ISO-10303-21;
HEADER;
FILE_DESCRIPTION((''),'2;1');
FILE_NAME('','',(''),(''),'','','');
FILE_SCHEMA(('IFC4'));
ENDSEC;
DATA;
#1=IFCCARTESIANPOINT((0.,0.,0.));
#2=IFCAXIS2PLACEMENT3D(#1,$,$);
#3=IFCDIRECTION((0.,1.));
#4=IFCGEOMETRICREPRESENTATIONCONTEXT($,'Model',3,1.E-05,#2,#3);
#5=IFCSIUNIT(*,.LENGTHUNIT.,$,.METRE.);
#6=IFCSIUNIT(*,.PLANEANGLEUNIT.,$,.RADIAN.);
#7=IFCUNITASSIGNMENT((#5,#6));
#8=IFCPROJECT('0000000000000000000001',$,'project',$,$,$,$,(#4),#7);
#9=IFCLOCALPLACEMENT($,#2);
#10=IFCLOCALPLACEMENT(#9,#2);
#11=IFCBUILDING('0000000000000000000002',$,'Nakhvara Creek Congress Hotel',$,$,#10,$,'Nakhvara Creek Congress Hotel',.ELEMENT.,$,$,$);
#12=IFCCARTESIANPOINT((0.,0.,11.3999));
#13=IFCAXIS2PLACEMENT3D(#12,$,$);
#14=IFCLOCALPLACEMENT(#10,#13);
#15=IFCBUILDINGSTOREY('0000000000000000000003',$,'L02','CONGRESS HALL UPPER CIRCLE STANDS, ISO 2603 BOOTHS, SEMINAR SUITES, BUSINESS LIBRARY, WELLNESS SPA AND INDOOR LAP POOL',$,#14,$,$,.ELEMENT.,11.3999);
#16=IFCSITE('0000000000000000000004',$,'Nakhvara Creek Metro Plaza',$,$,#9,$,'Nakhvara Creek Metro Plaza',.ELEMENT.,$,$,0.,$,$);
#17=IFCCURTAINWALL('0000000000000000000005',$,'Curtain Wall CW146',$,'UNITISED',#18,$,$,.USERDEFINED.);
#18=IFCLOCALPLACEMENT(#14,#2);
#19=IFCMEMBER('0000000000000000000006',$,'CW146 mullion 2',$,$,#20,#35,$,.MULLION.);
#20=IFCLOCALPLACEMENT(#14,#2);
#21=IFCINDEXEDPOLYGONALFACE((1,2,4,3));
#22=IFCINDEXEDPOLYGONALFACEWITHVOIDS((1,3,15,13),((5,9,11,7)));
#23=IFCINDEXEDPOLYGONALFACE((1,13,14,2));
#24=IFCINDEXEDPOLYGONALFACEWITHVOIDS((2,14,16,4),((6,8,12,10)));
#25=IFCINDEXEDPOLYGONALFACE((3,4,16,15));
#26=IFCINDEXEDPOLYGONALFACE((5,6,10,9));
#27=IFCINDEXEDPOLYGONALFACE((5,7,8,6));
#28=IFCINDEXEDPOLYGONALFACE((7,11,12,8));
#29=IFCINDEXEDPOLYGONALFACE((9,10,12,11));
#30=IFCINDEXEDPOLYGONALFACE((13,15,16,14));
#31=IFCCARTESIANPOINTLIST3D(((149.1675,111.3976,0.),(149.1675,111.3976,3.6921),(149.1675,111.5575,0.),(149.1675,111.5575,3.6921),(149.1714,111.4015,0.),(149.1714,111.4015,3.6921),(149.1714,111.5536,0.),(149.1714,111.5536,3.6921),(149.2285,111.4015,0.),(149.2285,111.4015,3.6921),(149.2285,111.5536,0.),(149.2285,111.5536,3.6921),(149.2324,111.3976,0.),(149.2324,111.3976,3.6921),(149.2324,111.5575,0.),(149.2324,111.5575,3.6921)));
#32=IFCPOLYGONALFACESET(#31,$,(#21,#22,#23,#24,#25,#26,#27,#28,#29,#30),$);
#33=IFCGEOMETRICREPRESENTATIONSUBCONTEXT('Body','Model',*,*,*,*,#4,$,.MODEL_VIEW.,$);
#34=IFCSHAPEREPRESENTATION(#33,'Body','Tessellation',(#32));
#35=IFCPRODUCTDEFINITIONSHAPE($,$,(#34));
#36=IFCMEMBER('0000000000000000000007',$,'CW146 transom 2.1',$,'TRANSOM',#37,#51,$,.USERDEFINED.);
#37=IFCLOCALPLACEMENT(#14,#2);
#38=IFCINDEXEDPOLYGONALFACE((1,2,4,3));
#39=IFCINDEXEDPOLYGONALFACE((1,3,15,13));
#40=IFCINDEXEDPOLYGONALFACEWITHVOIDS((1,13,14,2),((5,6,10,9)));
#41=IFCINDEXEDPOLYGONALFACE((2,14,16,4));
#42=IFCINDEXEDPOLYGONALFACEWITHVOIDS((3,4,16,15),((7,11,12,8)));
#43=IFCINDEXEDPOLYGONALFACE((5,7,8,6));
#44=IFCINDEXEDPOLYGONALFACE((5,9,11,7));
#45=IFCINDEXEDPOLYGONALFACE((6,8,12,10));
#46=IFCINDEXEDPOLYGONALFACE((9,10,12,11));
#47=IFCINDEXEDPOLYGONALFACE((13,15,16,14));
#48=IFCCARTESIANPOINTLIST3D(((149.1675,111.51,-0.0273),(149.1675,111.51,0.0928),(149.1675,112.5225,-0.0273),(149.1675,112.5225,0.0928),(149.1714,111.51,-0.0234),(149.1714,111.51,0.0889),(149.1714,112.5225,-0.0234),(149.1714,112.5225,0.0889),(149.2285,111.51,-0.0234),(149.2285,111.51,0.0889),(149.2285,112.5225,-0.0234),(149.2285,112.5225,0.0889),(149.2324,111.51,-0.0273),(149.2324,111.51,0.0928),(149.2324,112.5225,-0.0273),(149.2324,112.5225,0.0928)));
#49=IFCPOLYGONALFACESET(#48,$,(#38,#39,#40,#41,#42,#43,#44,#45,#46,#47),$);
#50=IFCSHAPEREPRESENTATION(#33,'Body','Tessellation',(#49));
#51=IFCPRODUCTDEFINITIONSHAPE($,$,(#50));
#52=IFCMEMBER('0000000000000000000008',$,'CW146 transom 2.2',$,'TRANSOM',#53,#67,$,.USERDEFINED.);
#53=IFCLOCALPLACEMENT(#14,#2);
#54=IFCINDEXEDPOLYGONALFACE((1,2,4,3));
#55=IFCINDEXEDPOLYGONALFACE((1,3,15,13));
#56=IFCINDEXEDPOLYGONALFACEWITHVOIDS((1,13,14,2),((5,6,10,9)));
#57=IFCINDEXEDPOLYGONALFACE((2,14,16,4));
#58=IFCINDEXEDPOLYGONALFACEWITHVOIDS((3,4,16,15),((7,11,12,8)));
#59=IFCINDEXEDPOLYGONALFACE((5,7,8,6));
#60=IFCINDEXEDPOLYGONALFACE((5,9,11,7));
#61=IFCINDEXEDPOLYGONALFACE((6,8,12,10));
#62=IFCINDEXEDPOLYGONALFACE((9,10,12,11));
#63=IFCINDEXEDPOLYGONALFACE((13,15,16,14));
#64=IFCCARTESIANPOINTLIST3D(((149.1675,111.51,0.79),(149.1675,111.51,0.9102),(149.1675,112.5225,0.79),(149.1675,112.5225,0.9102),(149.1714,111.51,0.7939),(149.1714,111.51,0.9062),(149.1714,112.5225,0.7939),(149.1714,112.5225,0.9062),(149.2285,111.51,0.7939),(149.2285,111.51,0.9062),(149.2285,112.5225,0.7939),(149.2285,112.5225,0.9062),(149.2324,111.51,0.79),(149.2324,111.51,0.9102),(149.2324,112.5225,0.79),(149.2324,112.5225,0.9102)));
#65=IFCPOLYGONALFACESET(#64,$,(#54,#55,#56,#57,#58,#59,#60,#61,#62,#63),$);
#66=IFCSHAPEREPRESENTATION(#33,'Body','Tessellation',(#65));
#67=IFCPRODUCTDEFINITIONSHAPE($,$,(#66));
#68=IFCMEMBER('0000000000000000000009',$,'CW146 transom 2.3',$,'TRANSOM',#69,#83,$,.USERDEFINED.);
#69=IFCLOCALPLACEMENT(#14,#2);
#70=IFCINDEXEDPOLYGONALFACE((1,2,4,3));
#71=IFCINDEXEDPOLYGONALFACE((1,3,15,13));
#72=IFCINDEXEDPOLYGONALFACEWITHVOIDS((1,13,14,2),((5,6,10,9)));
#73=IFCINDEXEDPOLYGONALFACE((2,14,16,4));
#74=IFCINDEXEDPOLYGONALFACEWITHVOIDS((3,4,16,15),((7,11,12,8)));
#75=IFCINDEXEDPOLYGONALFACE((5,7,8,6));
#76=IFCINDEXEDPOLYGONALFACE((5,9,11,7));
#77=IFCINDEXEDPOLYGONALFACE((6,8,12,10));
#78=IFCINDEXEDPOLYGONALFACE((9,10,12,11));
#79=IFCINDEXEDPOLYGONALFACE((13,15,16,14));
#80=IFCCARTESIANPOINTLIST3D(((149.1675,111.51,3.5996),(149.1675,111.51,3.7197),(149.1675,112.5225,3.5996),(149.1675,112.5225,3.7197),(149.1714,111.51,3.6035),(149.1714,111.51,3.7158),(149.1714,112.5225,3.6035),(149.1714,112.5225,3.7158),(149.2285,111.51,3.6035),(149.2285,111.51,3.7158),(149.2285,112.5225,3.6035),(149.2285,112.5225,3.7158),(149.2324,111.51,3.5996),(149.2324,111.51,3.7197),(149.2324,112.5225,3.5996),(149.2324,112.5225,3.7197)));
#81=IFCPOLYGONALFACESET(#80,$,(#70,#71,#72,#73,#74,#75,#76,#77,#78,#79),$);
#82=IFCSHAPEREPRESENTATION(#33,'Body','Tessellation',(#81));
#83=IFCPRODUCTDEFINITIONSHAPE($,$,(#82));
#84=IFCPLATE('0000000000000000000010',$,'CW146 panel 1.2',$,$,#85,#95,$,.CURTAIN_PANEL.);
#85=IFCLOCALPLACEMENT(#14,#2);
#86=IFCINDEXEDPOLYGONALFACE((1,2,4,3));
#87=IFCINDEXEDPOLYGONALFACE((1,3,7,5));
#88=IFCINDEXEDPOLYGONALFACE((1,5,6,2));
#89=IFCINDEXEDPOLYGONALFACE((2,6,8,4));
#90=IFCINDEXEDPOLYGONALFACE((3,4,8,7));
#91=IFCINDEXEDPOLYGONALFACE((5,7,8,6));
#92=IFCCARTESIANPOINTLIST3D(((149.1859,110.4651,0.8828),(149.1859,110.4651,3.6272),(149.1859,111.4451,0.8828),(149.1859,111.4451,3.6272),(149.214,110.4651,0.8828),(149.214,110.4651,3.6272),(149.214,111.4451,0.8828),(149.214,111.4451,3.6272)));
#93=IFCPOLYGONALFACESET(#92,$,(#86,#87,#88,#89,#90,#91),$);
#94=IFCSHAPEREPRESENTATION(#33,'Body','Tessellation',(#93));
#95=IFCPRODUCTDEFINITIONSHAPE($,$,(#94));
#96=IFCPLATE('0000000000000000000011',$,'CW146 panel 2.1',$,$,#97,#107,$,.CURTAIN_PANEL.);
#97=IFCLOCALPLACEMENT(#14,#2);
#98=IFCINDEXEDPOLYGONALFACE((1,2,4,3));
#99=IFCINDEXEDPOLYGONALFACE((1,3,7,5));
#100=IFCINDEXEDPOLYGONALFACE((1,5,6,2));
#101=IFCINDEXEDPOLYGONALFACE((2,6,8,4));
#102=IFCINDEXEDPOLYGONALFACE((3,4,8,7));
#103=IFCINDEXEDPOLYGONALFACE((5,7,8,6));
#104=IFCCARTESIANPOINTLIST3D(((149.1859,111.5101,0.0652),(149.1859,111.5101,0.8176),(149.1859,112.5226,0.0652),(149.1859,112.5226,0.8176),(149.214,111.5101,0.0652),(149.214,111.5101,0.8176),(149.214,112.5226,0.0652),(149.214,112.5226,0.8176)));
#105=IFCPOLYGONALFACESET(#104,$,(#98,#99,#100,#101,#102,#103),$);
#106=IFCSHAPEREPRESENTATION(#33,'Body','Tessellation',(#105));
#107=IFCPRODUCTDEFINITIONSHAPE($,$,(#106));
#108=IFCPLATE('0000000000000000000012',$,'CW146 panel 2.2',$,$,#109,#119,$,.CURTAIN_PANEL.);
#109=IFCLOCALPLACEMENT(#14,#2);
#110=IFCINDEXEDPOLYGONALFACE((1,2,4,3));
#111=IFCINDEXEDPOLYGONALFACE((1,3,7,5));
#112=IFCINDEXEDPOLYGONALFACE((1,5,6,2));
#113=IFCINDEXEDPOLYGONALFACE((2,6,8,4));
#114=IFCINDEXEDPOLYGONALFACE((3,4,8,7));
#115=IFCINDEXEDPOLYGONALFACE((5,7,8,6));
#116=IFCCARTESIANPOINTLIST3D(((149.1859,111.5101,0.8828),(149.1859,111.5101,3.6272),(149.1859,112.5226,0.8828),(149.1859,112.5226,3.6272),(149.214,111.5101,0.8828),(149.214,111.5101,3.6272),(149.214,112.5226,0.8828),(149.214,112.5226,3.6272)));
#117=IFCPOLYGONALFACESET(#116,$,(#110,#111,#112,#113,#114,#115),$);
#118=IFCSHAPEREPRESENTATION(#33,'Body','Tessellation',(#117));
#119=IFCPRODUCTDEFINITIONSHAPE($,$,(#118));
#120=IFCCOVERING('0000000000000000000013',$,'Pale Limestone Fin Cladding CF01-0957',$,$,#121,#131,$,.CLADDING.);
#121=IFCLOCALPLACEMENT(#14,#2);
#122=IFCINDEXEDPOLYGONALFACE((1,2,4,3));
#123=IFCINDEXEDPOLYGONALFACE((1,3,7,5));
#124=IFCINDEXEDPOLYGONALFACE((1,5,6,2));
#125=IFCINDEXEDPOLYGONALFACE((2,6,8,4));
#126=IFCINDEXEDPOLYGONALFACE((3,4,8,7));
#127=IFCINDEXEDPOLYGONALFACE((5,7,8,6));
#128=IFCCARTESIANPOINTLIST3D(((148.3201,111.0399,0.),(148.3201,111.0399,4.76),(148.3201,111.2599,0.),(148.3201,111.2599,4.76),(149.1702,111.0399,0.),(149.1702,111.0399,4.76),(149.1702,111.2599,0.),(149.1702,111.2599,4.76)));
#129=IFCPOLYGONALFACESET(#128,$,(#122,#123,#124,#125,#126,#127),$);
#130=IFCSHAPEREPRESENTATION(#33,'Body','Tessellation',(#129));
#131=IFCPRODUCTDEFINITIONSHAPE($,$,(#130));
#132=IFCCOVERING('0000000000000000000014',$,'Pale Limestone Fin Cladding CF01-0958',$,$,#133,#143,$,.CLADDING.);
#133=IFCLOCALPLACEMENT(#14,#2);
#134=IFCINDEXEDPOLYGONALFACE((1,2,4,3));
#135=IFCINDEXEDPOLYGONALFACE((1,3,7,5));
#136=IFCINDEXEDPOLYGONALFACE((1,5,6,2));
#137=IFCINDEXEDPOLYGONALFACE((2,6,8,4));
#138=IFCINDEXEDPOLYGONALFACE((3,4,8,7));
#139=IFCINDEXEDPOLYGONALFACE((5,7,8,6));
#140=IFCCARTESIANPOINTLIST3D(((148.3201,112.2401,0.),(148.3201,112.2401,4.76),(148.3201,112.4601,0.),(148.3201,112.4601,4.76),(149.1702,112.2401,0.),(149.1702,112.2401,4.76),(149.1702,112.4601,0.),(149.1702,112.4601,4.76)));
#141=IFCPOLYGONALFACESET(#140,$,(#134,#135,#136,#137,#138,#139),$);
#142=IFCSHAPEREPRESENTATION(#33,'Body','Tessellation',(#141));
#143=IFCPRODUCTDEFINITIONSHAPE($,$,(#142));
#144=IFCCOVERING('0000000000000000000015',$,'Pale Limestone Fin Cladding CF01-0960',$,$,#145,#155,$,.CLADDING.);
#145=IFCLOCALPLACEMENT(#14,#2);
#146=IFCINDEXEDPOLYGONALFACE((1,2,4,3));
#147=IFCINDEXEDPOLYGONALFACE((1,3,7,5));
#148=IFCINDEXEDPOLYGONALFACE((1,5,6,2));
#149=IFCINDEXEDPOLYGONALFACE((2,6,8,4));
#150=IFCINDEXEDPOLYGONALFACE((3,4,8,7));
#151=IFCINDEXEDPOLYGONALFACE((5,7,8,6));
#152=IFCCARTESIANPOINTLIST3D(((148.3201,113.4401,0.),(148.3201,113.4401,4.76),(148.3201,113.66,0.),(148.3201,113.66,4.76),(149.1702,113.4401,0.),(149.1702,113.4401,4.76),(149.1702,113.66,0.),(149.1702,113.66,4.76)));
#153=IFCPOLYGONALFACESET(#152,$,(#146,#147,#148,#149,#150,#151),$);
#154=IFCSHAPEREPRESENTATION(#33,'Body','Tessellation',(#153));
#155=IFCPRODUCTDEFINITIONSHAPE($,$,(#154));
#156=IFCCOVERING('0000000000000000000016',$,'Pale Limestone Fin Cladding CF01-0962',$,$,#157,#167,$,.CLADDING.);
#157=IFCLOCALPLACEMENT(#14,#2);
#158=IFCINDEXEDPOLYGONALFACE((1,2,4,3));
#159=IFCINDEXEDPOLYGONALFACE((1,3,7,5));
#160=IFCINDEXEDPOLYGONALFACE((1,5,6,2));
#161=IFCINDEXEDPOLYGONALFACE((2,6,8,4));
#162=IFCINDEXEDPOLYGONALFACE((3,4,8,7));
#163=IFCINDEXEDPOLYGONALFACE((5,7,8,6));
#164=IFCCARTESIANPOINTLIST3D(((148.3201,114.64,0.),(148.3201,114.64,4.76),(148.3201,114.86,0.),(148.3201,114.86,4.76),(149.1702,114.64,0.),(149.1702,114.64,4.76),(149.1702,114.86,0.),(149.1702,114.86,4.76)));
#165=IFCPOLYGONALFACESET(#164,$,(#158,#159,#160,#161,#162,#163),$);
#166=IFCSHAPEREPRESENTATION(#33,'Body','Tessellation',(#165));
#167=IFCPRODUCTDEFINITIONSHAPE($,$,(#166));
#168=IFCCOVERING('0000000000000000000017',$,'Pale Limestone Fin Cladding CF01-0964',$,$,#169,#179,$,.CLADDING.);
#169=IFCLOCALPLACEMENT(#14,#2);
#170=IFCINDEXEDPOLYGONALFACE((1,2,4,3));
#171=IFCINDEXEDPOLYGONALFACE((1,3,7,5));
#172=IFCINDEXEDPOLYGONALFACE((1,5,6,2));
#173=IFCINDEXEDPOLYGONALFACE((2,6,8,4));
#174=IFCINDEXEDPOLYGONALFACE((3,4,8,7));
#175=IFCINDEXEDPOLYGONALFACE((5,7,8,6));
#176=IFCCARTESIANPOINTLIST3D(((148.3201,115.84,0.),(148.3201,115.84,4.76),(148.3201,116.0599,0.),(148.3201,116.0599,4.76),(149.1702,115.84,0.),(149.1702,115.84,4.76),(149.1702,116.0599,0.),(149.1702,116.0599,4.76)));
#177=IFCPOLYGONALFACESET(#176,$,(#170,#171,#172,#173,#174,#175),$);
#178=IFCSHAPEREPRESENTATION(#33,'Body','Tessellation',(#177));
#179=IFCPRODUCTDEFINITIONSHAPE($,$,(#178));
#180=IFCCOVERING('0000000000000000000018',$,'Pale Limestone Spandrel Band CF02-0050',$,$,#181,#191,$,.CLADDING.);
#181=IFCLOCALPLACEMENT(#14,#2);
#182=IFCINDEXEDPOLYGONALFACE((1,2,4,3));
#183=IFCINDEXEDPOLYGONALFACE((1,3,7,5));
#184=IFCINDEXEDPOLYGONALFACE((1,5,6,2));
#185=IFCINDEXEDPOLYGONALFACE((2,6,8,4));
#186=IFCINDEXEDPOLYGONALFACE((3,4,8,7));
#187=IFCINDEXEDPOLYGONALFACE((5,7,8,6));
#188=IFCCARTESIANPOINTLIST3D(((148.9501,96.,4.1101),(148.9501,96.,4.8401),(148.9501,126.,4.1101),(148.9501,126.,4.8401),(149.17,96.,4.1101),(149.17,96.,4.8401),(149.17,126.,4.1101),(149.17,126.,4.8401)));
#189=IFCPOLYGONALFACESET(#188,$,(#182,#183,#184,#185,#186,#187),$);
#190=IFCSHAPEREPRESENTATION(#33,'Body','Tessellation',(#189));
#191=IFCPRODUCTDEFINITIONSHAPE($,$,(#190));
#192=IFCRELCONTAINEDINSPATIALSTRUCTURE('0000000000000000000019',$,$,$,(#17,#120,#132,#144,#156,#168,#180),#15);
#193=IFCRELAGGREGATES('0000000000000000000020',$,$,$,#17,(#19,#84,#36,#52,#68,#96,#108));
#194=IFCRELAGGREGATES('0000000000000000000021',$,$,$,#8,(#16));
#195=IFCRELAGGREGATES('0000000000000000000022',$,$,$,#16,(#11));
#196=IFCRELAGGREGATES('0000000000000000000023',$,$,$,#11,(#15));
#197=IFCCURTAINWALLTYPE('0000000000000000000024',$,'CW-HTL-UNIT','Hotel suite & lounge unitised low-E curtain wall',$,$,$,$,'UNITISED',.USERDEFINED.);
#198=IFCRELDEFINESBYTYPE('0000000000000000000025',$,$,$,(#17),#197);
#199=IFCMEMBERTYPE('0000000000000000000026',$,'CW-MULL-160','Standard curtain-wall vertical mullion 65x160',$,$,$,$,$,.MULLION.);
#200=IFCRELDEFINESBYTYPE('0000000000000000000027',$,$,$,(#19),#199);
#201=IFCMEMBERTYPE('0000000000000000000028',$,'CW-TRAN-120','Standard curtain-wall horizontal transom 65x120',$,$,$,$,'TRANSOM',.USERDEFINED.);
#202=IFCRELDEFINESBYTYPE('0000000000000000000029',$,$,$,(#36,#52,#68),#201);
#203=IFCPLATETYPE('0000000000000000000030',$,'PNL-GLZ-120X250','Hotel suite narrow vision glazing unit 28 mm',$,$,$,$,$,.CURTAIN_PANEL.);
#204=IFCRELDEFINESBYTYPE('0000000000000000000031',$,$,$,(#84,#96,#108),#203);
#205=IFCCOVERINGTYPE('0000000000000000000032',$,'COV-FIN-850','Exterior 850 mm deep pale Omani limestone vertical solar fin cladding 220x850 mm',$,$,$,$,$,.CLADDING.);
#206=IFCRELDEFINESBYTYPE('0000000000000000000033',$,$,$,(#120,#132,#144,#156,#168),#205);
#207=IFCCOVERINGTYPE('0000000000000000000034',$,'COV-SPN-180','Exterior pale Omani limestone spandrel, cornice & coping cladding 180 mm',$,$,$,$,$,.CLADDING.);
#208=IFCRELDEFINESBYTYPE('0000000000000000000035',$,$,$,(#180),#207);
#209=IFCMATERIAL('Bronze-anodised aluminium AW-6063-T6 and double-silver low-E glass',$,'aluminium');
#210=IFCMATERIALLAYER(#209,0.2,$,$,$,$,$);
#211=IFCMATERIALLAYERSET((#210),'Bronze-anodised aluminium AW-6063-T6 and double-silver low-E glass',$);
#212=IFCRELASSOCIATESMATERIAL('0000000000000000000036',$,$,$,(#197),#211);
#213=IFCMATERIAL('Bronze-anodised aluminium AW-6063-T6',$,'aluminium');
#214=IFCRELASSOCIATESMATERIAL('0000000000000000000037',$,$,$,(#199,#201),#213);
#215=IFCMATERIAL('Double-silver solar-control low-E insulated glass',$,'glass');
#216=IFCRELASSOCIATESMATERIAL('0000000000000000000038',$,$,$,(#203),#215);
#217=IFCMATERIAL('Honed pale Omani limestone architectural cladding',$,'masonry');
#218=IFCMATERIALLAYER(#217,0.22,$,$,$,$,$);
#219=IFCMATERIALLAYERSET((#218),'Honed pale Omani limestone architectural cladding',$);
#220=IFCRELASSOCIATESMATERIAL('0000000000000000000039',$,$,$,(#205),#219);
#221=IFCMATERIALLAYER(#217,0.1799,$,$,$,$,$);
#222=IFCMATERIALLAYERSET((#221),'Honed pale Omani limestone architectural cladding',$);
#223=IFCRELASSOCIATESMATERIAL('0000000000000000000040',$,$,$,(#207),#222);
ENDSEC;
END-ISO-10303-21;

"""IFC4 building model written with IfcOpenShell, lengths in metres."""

from ifc_helpers import new_model, si_unit, direction, frame, origin, origin_2d, place, context, subcontext, project, spatial, rectangle, hollow_rectangle, extrude, material, layer, layer_set, material_profile, profile_set, type_object, element, aggregate, save


model = new_model("IFC4")

# Units and contexts
model_context = context("Model", 3, precision=1e-05, world=origin(), true_north=direction((0.0, 1.0)))
body_context = subcontext(model_context, "Body", "Model", "MODEL_VIEW")
ifc_project = project(units=[si_unit("LENGTHUNIT", "METRE"), si_unit("PLANEANGLEUNIT", "RADIAN")], contexts=[model_context])

# Site, building, storey
site_placement = place(None, origin())
site = spatial("IfcSite", under=ifc_project, at=site_placement, Name="Nakhvara Creek Metro Plaza", LongName="Nakhvara Creek Metro Plaza", CompositionType="ELEMENT", RefElevation=0.0)
building_placement = place(site_placement, origin())
building = spatial("IfcBuilding", under=site, at=building_placement, Name="Nakhvara Creek Congress Hotel", LongName="Nakhvara Creek Congress Hotel", CompositionType="ELEMENT")
storey_placement = place(building_placement, frame((0.0, 0.0, 11.3999)))
storey = spatial("IfcBuildingStorey", under=building, at=storey_placement, Name="L02", Description="CONGRESS HALL UPPER CIRCLE STANDS, ISO 2603 BOOTHS, SEMINAR SUITES, BUSINESS LIBRARY, WELLNESS SPA AND INDOOR LAP POOL", CompositionType="ELEMENT", Elevation=11.3999)

# Curtain wall, members, plates
ifc_material_1 = material(Name="Bronze-anodised aluminium AW-6063-T6 and double-silver low-E glass", Category="aluminium")
ifc_layer_1 = layer(ifc_material_1, 0.2)
ifc_layer_set_1 = layer_set([ifc_layer_1], Name="Bronze-anodised aluminium AW-6063-T6 and double-silver low-E glass")
curtain_wall_type = type_object("IfcCurtainWallType", Name="CW-HTL-UNIT", Description="Hotel suite & lounge unitised low-E curtain wall", ElementType="UNITISED", PredefinedType="USERDEFINED", material=ifc_layer_set_1)
curtain_wall_placement = place(storey_placement, origin())
curtain_wall = element("IfcCurtainWall", 1, at=curtain_wall_placement, inside=storey, type_object=curtain_wall_type, Name="Curtain Wall CW146", ObjectType="UNITISED", PredefinedType="USERDEFINED")
ifc_material_2 = material(Name="Bronze-anodised aluminium AW-6063-T6", Category="aluminium")
ifc_material_profile_1 = material_profile(ifc_material_2, hollow_rectangle(XDim=0.0649, YDim=0.1599, WallThickness=0.0039, at=origin_2d()), Name="ALU-MULL 65x160x4", Category="LoadBearing")
ifc_profile_set_1 = profile_set([ifc_material_profile_1], Name="Bronze-anodised aluminium AW-6063-T6")
member_type_1 = type_object("IfcMemberType", Name="CW-MULL-160", Description="Standard curtain-wall vertical mullion 65x160", PredefinedType="MULLION", material=ifc_profile_set_1)
member_1_placement = place(storey_placement, frame((149.2, 111.4775, 0.0), z_axis=(0.0, 0.0, 1.0), x_axis=(-1.0, 0.0, 0.0)))
member_1 = element("IfcMember", 2, at=member_1_placement, type_object=member_type_1, Name="CW146 mullion 2", PredefinedType="MULLION", context=body_context, shape_type="SweptSolid", body=[
    extrude(hollow_rectangle(XDim=0.0649, YDim=0.1599, WallThickness=0.0039, at=origin_2d()), origin(), (0.0, 0.0, 1.0), 3.6921),
])
ifc_material_profile_2 = material_profile(ifc_material_2, hollow_rectangle(XDim=0.0649, YDim=0.1201, WallThickness=0.0039, at=origin_2d()), Name="ALU-TRAN 65x120x4", Category="LoadBearing")
ifc_profile_set_2 = profile_set([ifc_material_profile_2], Name="Bronze-anodised aluminium AW-6063-T6")
member_type_2 = type_object("IfcMemberType", Name="CW-TRAN-120", Description="Standard curtain-wall horizontal transom 65x120", ElementType="TRANSOM", PredefinedType="USERDEFINED", material=ifc_profile_set_2)
member_2_placement = place(storey_placement, frame((149.2, 111.51, 0.0327), z_axis=(0.0, 1.0, 0.0), x_axis=(-1.0, 0.0, 0.0)))
member_2 = element("IfcMember", 3, at=member_2_placement, type_object=member_type_2, Name="CW146 transom 2.1", ObjectType="TRANSOM", PredefinedType="USERDEFINED", context=body_context, shape_type="SweptSolid", body=[
    extrude(hollow_rectangle(XDim=0.0649, YDim=0.1201, WallThickness=0.0039, at=origin_2d()), origin(), (0.0, 0.0, 1.0), 1.0125),
])
member_3_placement = place(storey_placement, frame((149.2, 111.51, 0.8501), z_axis=(0.0, 1.0, 0.0), x_axis=(-1.0, 0.0, 0.0)))
member_3 = element("IfcMember", 4, at=member_3_placement, type_object=member_type_2, Name="CW146 transom 2.2", ObjectType="TRANSOM", PredefinedType="USERDEFINED", context=body_context, shape_type="SweptSolid", body=[
    extrude(hollow_rectangle(XDim=0.0649, YDim=0.1201, WallThickness=0.0039, at=origin_2d()), origin(), (0.0, 0.0, 1.0), 1.0125),
])
member_4_placement = place(storey_placement, frame((149.2, 111.51, 3.6597), z_axis=(0.0, 1.0, 0.0), x_axis=(-1.0, 0.0, 0.0)))
member_4 = element("IfcMember", 5, at=member_4_placement, type_object=member_type_2, Name="CW146 transom 2.3", ObjectType="TRANSOM", PredefinedType="USERDEFINED", context=body_context, shape_type="SweptSolid", body=[
    extrude(hollow_rectangle(XDim=0.0649, YDim=0.1201, WallThickness=0.0039, at=origin_2d()), origin(), (0.0, 0.0, 1.0), 1.0125),
])
ifc_material_3 = material(Name="Double-silver solar-control low-E insulated glass", Category="glass")
plate_type = type_object("IfcPlateType", Name="PNL-GLZ-120X250", Description="Hotel suite narrow vision glazing unit 28 mm", PredefinedType="CURTAIN_PANEL", material=ifc_material_3)
plate_1_placement = place(storey_placement, frame((149.2, 110.9551, 0.8828), z_axis=(0.0, 0.0, 1.0), x_axis=(0.0, 1.0, 0.0)))
plate_1 = element("IfcPlate", 6, at=plate_1_placement, type_object=plate_type, Name="CW146 panel 1.2", PredefinedType="CURTAIN_PANEL", context=body_context, shape_type="SweptSolid", body=[
    extrude(rectangle(XDim=0.98, YDim=0.0281, at=origin_2d()), origin(), (0.0, 0.0, 1.0), 2.7444),
])
plate_2_placement = place(storey_placement, frame((149.2, 112.0164, 0.0652), z_axis=(0.0, 0.0, 1.0), x_axis=(0.0, 1.0, 0.0)))
plate_2 = element("IfcPlate", 7, at=plate_2_placement, type_object=plate_type, Name="CW146 panel 2.1", PredefinedType="CURTAIN_PANEL", context=body_context, shape_type="SweptSolid", body=[
    extrude(rectangle(XDim=1.0125, YDim=0.0281, at=origin_2d()), origin(), (0.0, 0.0, 1.0), 0.7524),
])
plate_3_placement = place(storey_placement, frame((149.2, 112.0164, 0.8828), z_axis=(0.0, 0.0, 1.0), x_axis=(0.0, 1.0, 0.0)))
plate_3 = element("IfcPlate", 8, at=plate_3_placement, type_object=plate_type, Name="CW146 panel 2.2", PredefinedType="CURTAIN_PANEL", context=body_context, shape_type="SweptSolid", body=[
    extrude(rectangle(XDim=1.0125, YDim=0.0281, at=origin_2d()), origin(), (0.0, 0.0, 1.0), 2.7444),
])
aggregate(curtain_wall, [member_1, plate_1, member_2, member_3, member_4, plate_2, plate_3])

# Coverings
ifc_material_4 = material(Name="Honed pale Omani limestone architectural cladding", Category="masonry")
ifc_layer_2 = layer(ifc_material_4, 0.22)
ifc_layer_set_2 = layer_set([ifc_layer_2], Name="Honed pale Omani limestone architectural cladding")
covering_type_1 = type_object("IfcCoveringType", Name="COV-FIN-850", Description="Exterior 850 mm deep pale Omani limestone vertical solar fin cladding 220x850 mm", PredefinedType="CLADDING", material=ifc_layer_set_2)
for number, where, z_axis, x_axis, name in (
    (9, (148.7451, 111.1499, 0.0), (0.0, 0.0, 1.0), (0.0, 1.0, 0.0), "Pale Limestone Fin Cladding CF01-0957"),
    (10, (148.7451, 112.3501, 0.0), (0.0, 0.0, 1.0), (0.0, 1.0, 0.0), "Pale Limestone Fin Cladding CF01-0958"),
    (11, (148.7451, 113.55, 0.0), (0.0, 0.0, 1.0), (0.0, 1.0, 0.0), "Pale Limestone Fin Cladding CF01-0960"),
    (12, (148.7451, 114.75, 0.0), (0.0, 0.0, 1.0), (0.0, 1.0, 0.0), "Pale Limestone Fin Cladding CF01-0962"),
    (13, (148.7451, 115.95, 0.0), (0.0, 0.0, 1.0), (0.0, 1.0, 0.0), "Pale Limestone Fin Cladding CF01-0964"),
):
    element("IfcCovering", number, at=place(storey_placement, frame(where, z_axis=z_axis, x_axis=x_axis)), inside=storey, type_object=covering_type_1, Name=name, PredefinedType="CLADDING", context=body_context, shape_type="SweptSolid", body=[
        extrude(rectangle(XDim=0.22, YDim=0.8501, at=origin_2d()), origin(), (0.0, 0.0, 1.0), 4.76),
    ])
ifc_layer_3 = layer(ifc_material_4, 0.1799)
ifc_layer_set_3 = layer_set([ifc_layer_3], Name="Honed pale Omani limestone architectural cladding")
covering_type_2 = type_object("IfcCoveringType", Name="COV-SPN-180", Description="Exterior pale Omani limestone spandrel, cornice & coping cladding 180 mm", PredefinedType="CLADDING", material=ifc_layer_set_3)
covering_placement = place(storey_placement, frame((149.0601, 111.0, 4.1101), z_axis=(0.0, 0.0, 1.0), x_axis=(0.0, 1.0, 0.0)))
element("IfcCovering", 14, at=covering_placement, inside=storey, type_object=covering_type_2, Name="Pale Limestone Spandrel Band CF02-0050", PredefinedType="CLADDING", context=body_context, shape_type="SweptSolid", body=[
    extrude(rectangle(XDim=30.0, YDim=0.22, at=origin_2d()), origin(), (0.0, 0.0, 1.0), 0.73),
])

save(model, "model.ifc")
